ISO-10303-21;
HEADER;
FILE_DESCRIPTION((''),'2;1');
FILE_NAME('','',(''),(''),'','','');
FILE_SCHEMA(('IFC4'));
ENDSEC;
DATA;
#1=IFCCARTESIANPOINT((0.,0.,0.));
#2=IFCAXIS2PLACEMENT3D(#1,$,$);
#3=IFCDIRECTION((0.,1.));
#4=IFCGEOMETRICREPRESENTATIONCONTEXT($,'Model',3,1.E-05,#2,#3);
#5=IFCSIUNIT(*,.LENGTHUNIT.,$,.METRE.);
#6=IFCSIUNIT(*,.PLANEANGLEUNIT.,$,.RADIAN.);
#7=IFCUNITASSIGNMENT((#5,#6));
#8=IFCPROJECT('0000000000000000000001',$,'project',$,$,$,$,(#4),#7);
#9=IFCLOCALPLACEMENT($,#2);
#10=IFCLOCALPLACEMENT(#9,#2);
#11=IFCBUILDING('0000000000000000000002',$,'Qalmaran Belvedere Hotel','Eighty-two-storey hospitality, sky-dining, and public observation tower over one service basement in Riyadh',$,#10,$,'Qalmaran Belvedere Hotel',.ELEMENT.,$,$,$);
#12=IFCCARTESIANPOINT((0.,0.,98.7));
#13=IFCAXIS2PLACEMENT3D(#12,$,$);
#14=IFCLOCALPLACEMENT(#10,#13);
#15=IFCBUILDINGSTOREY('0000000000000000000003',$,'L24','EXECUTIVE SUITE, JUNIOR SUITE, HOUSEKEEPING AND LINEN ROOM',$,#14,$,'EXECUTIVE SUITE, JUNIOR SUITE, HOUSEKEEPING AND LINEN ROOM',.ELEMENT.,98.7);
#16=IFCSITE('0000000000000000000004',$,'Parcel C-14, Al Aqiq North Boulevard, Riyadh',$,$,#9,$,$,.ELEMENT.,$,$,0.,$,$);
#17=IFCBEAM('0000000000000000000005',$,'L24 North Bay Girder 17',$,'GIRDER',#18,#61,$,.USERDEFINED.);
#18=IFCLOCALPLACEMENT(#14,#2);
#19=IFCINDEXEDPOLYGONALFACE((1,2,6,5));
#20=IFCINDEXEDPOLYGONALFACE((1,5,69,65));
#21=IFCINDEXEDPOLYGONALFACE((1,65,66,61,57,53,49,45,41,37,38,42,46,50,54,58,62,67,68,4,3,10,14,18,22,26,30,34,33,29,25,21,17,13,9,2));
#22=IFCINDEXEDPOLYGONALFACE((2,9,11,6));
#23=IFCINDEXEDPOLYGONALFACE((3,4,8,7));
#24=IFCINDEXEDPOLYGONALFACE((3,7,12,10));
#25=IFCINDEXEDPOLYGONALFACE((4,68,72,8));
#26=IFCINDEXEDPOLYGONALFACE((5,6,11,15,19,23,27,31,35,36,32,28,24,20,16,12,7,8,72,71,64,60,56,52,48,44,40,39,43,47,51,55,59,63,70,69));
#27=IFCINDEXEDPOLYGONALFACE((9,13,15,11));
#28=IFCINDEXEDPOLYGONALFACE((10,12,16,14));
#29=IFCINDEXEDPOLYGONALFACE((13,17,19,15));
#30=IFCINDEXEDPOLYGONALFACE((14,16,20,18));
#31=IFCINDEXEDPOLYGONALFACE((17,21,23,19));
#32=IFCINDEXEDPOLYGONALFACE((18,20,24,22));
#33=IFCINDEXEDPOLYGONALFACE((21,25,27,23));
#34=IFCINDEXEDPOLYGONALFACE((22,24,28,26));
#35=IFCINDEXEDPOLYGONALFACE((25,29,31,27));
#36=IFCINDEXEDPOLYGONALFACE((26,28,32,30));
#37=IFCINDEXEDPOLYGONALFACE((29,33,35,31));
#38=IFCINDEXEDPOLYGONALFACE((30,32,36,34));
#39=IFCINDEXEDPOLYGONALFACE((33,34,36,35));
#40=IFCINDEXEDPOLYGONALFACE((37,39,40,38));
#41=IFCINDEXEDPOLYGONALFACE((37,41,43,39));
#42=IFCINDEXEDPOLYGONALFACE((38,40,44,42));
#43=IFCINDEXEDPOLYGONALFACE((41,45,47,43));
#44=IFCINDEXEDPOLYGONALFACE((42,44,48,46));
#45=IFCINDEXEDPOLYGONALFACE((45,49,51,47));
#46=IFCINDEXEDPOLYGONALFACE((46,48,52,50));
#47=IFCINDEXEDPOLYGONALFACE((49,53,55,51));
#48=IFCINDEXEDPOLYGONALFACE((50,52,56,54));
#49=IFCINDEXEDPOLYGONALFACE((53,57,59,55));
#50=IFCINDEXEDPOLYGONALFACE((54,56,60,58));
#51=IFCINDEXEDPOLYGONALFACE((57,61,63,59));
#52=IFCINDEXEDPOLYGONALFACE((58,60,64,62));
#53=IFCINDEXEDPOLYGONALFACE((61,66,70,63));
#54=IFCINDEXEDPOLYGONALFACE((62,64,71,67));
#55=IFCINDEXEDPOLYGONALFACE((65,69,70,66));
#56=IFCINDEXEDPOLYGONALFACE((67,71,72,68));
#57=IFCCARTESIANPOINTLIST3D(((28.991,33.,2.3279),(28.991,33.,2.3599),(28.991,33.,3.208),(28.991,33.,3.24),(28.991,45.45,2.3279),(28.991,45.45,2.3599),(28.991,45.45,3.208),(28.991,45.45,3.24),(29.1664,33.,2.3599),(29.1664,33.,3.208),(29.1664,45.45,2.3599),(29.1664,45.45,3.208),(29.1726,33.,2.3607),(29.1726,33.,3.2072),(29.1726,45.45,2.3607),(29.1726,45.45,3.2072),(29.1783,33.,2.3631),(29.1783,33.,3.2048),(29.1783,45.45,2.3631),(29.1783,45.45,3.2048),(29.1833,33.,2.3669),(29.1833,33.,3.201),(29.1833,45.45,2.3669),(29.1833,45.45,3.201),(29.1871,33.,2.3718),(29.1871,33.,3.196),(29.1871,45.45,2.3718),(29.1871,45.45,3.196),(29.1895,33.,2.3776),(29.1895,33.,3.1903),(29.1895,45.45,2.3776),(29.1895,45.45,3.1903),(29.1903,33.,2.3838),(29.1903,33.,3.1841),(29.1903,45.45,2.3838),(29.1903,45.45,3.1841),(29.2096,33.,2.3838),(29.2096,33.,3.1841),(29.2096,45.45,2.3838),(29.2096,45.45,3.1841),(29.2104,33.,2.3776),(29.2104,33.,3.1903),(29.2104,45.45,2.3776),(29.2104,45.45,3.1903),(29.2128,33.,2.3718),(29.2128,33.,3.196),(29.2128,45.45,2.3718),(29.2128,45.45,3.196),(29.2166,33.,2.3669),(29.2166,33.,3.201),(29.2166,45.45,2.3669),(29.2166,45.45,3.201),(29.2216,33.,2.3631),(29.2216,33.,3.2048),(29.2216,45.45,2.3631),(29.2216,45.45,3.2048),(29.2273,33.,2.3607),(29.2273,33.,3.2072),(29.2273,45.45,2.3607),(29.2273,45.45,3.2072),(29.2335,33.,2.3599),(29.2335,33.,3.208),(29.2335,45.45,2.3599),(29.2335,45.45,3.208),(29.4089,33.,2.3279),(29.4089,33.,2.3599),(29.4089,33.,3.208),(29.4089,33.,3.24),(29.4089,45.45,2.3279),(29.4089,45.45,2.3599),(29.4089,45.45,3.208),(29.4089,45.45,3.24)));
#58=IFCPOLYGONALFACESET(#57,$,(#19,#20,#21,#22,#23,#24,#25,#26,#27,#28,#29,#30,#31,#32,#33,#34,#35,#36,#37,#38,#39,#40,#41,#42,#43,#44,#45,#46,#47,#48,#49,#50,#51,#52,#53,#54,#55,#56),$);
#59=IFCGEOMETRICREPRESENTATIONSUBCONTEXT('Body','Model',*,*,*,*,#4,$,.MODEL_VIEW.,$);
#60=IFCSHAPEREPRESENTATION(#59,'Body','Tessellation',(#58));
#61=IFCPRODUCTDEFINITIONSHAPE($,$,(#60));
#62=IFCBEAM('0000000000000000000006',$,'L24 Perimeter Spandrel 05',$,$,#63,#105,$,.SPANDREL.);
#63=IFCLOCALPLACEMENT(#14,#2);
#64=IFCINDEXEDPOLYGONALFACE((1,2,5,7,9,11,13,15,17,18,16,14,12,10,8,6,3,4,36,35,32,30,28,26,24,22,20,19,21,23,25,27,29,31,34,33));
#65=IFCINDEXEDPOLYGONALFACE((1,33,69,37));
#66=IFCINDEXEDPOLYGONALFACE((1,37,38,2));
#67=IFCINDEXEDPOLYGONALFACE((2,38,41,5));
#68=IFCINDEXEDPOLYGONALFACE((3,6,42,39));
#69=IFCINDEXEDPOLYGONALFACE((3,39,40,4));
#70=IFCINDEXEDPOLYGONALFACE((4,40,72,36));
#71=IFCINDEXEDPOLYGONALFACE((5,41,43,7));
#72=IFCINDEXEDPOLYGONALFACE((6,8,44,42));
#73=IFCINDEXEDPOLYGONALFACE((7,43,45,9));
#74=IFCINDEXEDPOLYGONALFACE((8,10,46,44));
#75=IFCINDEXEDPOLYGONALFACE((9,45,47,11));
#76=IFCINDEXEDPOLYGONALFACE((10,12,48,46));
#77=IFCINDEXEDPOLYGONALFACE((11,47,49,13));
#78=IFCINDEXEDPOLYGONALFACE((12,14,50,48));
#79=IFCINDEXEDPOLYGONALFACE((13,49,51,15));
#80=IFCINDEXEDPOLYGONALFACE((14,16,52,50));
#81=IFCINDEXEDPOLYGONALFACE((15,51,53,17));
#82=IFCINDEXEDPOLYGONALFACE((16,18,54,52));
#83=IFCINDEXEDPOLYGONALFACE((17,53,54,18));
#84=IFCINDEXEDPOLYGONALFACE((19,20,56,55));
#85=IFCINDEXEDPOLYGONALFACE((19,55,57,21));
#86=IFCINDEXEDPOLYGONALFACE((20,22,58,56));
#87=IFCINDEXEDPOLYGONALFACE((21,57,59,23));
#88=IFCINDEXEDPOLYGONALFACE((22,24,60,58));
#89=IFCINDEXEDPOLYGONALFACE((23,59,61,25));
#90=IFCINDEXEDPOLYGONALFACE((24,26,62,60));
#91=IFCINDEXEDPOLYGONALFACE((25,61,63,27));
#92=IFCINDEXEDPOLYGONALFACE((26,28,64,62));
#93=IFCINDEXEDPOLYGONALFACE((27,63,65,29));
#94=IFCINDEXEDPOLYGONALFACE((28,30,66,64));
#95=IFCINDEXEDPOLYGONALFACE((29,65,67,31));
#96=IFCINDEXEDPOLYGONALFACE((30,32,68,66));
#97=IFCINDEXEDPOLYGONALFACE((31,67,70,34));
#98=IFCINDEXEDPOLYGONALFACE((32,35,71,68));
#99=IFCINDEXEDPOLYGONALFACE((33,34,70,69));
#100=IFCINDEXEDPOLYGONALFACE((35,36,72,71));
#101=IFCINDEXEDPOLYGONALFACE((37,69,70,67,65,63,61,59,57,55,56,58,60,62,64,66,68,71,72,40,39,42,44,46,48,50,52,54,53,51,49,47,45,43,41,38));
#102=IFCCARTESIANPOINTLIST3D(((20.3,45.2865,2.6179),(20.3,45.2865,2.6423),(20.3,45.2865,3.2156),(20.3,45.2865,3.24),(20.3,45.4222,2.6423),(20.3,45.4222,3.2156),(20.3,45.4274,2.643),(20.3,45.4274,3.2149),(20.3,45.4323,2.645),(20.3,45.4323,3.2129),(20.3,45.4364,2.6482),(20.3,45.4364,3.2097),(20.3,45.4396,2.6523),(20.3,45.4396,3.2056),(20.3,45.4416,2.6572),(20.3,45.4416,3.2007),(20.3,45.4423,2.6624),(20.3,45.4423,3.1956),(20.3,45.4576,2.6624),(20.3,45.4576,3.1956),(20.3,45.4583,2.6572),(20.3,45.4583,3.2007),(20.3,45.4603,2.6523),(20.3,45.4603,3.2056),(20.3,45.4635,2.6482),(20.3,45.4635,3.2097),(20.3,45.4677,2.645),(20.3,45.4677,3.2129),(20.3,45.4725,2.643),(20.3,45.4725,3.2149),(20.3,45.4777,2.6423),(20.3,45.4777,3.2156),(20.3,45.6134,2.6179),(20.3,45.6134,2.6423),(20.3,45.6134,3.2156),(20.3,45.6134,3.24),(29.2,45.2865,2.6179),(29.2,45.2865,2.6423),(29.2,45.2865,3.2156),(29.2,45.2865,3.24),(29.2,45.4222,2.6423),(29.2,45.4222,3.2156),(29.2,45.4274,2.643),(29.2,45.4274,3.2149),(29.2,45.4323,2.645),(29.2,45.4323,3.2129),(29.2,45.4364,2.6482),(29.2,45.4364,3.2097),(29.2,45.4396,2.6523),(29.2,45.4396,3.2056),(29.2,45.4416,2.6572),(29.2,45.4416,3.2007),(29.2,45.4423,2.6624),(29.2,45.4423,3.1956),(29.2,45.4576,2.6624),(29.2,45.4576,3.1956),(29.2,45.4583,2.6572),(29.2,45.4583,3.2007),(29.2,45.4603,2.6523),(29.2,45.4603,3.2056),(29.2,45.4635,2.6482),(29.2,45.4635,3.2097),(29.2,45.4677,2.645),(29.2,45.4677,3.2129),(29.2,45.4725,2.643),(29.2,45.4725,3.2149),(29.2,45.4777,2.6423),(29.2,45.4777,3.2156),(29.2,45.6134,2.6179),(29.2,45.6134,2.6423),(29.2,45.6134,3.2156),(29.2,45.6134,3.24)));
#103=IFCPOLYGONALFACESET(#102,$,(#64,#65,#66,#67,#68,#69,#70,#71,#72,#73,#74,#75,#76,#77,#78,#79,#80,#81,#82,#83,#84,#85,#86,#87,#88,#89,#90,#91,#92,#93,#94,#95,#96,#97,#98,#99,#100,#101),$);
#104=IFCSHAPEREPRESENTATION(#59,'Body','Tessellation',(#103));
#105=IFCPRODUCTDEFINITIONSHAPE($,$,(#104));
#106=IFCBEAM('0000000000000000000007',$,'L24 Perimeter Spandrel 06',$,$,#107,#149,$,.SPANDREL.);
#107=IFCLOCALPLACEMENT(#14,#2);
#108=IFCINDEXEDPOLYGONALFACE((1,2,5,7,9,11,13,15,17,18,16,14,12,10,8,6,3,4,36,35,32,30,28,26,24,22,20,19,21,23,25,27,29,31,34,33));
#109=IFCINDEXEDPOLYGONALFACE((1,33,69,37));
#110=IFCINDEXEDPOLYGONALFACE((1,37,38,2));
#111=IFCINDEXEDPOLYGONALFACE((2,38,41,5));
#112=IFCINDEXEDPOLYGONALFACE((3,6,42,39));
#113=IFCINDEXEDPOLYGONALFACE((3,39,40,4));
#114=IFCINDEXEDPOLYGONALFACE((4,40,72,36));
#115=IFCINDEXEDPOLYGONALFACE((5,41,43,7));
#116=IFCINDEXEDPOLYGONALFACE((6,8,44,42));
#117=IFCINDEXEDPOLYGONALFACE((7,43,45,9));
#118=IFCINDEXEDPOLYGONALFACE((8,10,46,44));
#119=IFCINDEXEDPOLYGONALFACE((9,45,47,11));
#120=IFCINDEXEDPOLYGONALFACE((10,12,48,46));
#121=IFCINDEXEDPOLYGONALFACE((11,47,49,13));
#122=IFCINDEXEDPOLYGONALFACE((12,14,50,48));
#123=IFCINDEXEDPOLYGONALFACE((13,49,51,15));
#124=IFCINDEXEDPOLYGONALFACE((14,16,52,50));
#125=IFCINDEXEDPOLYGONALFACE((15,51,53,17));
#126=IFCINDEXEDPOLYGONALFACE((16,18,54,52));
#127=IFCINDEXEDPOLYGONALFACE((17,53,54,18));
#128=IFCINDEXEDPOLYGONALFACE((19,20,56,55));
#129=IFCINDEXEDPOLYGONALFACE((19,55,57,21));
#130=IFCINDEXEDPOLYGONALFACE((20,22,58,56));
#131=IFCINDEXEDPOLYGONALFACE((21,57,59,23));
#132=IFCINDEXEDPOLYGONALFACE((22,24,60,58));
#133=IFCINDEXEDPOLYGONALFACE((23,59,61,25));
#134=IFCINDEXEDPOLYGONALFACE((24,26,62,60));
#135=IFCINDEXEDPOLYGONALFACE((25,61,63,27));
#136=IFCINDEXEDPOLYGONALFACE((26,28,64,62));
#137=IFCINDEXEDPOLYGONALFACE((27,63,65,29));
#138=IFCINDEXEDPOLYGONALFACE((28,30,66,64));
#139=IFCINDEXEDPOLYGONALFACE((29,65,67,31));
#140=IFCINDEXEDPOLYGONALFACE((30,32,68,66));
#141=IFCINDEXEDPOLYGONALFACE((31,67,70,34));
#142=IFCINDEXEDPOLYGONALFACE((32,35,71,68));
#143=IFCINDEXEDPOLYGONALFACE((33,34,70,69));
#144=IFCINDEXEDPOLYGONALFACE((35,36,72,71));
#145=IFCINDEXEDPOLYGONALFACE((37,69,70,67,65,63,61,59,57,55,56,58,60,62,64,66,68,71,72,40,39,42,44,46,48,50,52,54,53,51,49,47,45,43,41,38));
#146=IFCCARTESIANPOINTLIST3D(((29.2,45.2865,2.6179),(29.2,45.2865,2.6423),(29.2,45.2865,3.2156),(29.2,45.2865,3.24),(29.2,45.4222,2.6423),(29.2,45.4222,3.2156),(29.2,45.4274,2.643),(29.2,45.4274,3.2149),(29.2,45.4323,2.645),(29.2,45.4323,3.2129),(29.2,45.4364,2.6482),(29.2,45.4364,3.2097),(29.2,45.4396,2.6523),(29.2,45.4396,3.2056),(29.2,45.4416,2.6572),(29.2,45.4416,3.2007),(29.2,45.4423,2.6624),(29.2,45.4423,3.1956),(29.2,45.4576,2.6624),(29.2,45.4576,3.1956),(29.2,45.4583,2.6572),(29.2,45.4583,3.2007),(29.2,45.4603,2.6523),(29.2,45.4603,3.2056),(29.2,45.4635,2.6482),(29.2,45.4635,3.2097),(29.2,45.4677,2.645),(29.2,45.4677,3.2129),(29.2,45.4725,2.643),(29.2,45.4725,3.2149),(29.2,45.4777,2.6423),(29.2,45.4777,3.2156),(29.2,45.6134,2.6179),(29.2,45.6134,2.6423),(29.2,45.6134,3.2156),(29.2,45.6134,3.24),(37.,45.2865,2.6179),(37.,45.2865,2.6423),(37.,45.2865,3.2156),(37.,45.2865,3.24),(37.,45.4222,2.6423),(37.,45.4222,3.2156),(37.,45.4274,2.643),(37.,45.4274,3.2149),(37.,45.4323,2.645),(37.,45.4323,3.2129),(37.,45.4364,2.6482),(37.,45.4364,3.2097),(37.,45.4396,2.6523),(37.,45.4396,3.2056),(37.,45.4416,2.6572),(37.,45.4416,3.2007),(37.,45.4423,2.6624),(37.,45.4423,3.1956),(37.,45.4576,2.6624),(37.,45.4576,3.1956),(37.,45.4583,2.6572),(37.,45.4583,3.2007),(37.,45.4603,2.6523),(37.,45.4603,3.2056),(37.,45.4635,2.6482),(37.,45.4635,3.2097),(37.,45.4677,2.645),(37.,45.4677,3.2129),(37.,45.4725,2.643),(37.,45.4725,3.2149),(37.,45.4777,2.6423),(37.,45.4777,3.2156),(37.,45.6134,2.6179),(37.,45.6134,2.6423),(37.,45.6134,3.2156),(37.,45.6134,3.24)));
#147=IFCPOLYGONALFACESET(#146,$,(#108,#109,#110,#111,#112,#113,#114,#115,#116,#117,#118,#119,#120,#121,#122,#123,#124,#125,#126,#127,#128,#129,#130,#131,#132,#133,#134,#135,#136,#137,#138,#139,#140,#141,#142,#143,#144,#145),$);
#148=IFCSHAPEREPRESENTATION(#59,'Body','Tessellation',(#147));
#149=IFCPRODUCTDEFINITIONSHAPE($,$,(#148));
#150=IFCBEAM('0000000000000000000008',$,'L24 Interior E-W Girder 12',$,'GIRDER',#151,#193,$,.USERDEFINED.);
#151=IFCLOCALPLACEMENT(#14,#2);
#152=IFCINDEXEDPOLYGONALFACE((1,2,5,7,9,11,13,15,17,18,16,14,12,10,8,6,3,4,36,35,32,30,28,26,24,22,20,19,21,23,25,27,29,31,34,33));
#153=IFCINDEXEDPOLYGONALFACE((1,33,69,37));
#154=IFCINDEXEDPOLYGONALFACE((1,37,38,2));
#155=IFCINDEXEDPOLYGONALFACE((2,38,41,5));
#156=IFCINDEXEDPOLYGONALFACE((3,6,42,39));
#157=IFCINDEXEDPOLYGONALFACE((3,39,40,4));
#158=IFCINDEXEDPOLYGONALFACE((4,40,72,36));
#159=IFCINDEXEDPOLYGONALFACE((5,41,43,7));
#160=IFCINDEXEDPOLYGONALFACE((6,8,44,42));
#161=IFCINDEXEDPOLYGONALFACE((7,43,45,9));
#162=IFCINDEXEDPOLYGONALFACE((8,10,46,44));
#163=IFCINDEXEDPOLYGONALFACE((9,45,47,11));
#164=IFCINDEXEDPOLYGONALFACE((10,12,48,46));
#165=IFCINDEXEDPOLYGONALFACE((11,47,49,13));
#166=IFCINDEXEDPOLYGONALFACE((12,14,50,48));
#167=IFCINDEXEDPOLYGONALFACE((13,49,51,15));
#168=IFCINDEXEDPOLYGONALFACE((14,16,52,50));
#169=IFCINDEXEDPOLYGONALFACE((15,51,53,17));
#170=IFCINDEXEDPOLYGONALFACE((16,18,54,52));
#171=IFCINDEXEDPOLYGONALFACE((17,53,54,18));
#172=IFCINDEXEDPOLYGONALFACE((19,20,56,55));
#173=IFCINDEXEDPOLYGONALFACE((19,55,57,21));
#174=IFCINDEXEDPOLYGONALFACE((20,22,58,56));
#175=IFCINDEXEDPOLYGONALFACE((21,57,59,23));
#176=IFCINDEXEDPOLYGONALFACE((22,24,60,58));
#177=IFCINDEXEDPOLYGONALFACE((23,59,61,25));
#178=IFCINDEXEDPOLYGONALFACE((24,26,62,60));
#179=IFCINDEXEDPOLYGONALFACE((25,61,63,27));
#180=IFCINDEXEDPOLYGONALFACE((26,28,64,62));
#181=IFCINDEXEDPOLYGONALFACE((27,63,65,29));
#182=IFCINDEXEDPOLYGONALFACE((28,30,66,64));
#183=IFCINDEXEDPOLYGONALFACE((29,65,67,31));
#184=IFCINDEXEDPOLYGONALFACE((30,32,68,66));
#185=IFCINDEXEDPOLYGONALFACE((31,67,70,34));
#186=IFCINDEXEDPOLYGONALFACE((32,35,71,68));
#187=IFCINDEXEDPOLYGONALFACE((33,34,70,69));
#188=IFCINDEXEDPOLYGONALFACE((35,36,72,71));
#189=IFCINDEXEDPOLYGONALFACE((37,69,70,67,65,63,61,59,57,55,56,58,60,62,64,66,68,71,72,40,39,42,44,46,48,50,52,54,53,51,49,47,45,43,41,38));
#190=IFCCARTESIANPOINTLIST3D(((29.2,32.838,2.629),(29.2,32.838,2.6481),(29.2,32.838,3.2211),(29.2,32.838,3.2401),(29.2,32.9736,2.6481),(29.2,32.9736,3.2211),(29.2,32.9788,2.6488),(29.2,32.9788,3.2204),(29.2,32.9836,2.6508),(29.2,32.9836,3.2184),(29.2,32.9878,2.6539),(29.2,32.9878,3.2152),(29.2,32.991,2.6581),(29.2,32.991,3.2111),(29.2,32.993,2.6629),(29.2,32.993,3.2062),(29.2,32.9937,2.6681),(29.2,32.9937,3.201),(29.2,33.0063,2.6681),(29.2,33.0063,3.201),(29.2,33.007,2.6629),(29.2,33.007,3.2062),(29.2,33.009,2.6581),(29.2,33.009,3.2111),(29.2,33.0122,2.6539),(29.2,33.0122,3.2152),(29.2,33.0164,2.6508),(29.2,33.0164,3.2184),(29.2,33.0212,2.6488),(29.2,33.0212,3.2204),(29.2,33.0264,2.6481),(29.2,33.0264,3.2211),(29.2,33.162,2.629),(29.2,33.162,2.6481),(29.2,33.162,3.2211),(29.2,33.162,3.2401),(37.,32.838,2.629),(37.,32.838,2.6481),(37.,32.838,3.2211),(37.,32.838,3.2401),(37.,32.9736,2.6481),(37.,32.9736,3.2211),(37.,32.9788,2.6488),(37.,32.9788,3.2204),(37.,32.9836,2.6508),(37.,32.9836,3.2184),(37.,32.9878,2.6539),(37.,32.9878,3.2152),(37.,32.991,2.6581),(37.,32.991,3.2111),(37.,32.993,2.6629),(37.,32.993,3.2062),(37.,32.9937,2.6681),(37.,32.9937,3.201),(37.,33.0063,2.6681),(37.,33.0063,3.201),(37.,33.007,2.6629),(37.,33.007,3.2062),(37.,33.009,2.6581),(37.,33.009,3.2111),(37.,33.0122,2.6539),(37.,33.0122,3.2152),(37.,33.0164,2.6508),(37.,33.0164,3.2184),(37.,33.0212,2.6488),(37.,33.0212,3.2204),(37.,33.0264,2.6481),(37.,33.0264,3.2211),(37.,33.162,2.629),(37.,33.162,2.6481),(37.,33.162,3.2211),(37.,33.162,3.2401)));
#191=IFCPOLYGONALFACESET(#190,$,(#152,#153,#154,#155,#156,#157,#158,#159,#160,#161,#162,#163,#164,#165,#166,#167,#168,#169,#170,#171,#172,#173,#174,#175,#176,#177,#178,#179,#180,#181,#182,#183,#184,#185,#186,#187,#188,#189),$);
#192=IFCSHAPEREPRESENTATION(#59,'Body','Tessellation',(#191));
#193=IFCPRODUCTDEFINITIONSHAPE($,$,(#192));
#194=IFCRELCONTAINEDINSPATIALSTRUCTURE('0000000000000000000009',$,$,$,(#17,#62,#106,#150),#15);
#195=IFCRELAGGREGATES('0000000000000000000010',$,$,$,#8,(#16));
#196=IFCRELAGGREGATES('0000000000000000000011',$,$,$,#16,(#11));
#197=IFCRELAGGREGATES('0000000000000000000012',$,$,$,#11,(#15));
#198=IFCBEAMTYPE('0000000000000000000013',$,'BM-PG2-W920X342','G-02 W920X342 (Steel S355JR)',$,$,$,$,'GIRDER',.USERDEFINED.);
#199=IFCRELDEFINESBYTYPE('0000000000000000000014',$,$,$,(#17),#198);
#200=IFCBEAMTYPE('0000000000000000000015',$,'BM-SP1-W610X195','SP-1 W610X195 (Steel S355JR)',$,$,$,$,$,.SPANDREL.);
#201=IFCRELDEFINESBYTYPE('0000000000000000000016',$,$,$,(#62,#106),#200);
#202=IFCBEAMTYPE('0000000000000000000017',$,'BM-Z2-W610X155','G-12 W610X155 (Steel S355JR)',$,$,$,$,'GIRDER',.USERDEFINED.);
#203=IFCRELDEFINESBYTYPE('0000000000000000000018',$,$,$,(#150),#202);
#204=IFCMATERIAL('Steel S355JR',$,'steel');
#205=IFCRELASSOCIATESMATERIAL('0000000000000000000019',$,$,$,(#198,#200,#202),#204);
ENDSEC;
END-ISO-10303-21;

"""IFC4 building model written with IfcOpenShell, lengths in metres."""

from ifc_helpers import new_model, si_unit, direction, frame, origin, origin_2d, place, context, subcontext, project, spatial, i_section, extrude, material, material_profile, profile_set, type_object, element, save


model = new_model("IFC4")

# Units and contexts
model_context = context("Model", 3, precision=1e-05, world=origin(), true_north=direction((0.0, 1.0)))
body_context = subcontext(model_context, "Body", "Model", "MODEL_VIEW")
ifc_project = project(units=[si_unit("LENGTHUNIT", "METRE"), si_unit("PLANEANGLEUNIT", "RADIAN")], contexts=[model_context])

# Site, building, storey
site_placement = place(None, origin())
site = spatial("IfcSite", under=ifc_project, at=site_placement, Name="Parcel C-14, Al Aqiq North Boulevard, Riyadh", CompositionType="ELEMENT", RefElevation=0.0)
building_placement = place(site_placement, origin())
building = spatial("IfcBuilding", under=site, at=building_placement, Name="Qalmaran Belvedere Hotel", Description="Eighty-two-storey hospitality, sky-dining, and public observation tower over one service basement in Riyadh", LongName="Qalmaran Belvedere Hotel", CompositionType="ELEMENT")
storey_placement = place(building_placement, frame((0.0, 0.0, 98.7)))
storey = spatial("IfcBuildingStorey", under=building, at=storey_placement, Name="L24", Description="EXECUTIVE SUITE, JUNIOR SUITE, HOUSEKEEPING AND LINEN ROOM", LongName="EXECUTIVE SUITE, JUNIOR SUITE, HOUSEKEEPING AND LINEN ROOM", CompositionType="ELEMENT", Elevation=98.7)

# Beams
ifc_material_1 = material(Name="Steel S355JR", Category="steel")
ifc_material_profile_1 = material_profile(ifc_material_1, i_section(OverallWidth=0.418, OverallDepth=0.9121, WebThickness=0.0193, FlangeThickness=0.032, FilletRadius=0.0239, at=origin_2d()), Name="W920X342")
ifc_profile_set_1 = profile_set([ifc_material_profile_1], Name="Steel S355JR")
beam_type_1 = type_object("IfcBeamType", Name="BM-PG2-W920X342", Description="G-02 W920X342 (Steel S355JR)", ElementType="GIRDER", PredefinedType="USERDEFINED", material=ifc_profile_set_1)
beam_1_placement = place(storey_placement, frame((29.2, 33.0, 2.7839), z_axis=(0.0, 1.0, 0.0), x_axis=(-1.0, 0.0, 0.0)))
element("IfcBeam", 1, at=beam_1_placement, inside=storey, type_object=beam_type_1, Name="L24 North Bay Girder 17", ObjectType="GIRDER", PredefinedType="USERDEFINED", context=body_context, shape_type="SweptSolid", body=[
    extrude(i_section(OverallWidth=0.418, OverallDepth=0.9121, WebThickness=0.0193, FlangeThickness=0.032, FilletRadius=0.0239, at=origin_2d()), origin(), (0.0, 0.0, 1.0), 12.45),
])
ifc_material_profile_2 = material_profile(ifc_material_1, i_section(OverallWidth=0.3269, OverallDepth=0.6221, WebThickness=0.0154, FlangeThickness=0.0244, FilletRadius=0.02, at=origin_2d()), Name="W610X195")
ifc_profile_set_2 = profile_set([ifc_material_profile_2], Name="Steel S355JR")
beam_type_2 = type_object("IfcBeamType", Name="BM-SP1-W610X195", Description="SP-1 W610X195 (Steel S355JR)", PredefinedType="SPANDREL", material=ifc_profile_set_2)
beam_2_placement = place(storey_placement, frame((20.3, 45.45, 2.929), z_axis=(1.0, 0.0, 0.0), x_axis=(0.0, 1.0, 0.0)))
element("IfcBeam", 2, at=beam_2_placement, inside=storey, type_object=beam_type_2, Name="L24 Perimeter Spandrel 05", PredefinedType="SPANDREL", context=body_context, shape_type="SweptSolid", body=[
    extrude(i_section(OverallWidth=0.3269, OverallDepth=0.6221, WebThickness=0.0154, FlangeThickness=0.0244, FilletRadius=0.02, at=origin_2d()), origin(), (0.0, 0.0, 1.0), 8.8999),
])
beam_3_placement = place(storey_placement, frame((29.2, 45.45, 2.929), z_axis=(1.0, 0.0, 0.0), x_axis=(0.0, 1.0, 0.0)))
element("IfcBeam", 3, at=beam_3_placement, inside=storey, type_object=beam_type_2, Name="L24 Perimeter Spandrel 06", PredefinedType="SPANDREL", context=body_context, shape_type="SweptSolid", body=[
    extrude(i_section(OverallWidth=0.3269, OverallDepth=0.6221, WebThickness=0.0154, FlangeThickness=0.0244, FilletRadius=0.02, at=origin_2d()), origin(), (0.0, 0.0, 1.0), 7.8),
])
ifc_material_profile_3 = material_profile(ifc_material_1, i_section(OverallWidth=0.324, OverallDepth=0.6111, WebThickness=0.0127, FlangeThickness=0.019, FilletRadius=0.02, at=origin_2d()), Name="W610X155")
ifc_profile_set_3 = profile_set([ifc_material_profile_3], Name="Steel S355JR")
beam_type_3 = type_object("IfcBeamType", Name="BM-Z2-W610X155", Description="G-12 W610X155 (Steel S355JR)", ElementType="GIRDER", PredefinedType="USERDEFINED", material=ifc_profile_set_3)
beam_4_placement = place(storey_placement, frame((29.2, 33.0, 2.9346), z_axis=(1.0, 0.0, 0.0), x_axis=(0.0, 1.0, 0.0)))
element("IfcBeam", 4, at=beam_4_placement, inside=storey, type_object=beam_type_3, Name="L24 Interior E-W Girder 12", ObjectType="GIRDER", PredefinedType="USERDEFINED", context=body_context, shape_type="SweptSolid", body=[
    extrude(i_section(OverallWidth=0.324, OverallDepth=0.6111, WebThickness=0.0127, FlangeThickness=0.019, FilletRadius=0.02, at=origin_2d()), origin(), (0.0, 0.0, 1.0), 7.8),
])

save(model, "model.ifc")
